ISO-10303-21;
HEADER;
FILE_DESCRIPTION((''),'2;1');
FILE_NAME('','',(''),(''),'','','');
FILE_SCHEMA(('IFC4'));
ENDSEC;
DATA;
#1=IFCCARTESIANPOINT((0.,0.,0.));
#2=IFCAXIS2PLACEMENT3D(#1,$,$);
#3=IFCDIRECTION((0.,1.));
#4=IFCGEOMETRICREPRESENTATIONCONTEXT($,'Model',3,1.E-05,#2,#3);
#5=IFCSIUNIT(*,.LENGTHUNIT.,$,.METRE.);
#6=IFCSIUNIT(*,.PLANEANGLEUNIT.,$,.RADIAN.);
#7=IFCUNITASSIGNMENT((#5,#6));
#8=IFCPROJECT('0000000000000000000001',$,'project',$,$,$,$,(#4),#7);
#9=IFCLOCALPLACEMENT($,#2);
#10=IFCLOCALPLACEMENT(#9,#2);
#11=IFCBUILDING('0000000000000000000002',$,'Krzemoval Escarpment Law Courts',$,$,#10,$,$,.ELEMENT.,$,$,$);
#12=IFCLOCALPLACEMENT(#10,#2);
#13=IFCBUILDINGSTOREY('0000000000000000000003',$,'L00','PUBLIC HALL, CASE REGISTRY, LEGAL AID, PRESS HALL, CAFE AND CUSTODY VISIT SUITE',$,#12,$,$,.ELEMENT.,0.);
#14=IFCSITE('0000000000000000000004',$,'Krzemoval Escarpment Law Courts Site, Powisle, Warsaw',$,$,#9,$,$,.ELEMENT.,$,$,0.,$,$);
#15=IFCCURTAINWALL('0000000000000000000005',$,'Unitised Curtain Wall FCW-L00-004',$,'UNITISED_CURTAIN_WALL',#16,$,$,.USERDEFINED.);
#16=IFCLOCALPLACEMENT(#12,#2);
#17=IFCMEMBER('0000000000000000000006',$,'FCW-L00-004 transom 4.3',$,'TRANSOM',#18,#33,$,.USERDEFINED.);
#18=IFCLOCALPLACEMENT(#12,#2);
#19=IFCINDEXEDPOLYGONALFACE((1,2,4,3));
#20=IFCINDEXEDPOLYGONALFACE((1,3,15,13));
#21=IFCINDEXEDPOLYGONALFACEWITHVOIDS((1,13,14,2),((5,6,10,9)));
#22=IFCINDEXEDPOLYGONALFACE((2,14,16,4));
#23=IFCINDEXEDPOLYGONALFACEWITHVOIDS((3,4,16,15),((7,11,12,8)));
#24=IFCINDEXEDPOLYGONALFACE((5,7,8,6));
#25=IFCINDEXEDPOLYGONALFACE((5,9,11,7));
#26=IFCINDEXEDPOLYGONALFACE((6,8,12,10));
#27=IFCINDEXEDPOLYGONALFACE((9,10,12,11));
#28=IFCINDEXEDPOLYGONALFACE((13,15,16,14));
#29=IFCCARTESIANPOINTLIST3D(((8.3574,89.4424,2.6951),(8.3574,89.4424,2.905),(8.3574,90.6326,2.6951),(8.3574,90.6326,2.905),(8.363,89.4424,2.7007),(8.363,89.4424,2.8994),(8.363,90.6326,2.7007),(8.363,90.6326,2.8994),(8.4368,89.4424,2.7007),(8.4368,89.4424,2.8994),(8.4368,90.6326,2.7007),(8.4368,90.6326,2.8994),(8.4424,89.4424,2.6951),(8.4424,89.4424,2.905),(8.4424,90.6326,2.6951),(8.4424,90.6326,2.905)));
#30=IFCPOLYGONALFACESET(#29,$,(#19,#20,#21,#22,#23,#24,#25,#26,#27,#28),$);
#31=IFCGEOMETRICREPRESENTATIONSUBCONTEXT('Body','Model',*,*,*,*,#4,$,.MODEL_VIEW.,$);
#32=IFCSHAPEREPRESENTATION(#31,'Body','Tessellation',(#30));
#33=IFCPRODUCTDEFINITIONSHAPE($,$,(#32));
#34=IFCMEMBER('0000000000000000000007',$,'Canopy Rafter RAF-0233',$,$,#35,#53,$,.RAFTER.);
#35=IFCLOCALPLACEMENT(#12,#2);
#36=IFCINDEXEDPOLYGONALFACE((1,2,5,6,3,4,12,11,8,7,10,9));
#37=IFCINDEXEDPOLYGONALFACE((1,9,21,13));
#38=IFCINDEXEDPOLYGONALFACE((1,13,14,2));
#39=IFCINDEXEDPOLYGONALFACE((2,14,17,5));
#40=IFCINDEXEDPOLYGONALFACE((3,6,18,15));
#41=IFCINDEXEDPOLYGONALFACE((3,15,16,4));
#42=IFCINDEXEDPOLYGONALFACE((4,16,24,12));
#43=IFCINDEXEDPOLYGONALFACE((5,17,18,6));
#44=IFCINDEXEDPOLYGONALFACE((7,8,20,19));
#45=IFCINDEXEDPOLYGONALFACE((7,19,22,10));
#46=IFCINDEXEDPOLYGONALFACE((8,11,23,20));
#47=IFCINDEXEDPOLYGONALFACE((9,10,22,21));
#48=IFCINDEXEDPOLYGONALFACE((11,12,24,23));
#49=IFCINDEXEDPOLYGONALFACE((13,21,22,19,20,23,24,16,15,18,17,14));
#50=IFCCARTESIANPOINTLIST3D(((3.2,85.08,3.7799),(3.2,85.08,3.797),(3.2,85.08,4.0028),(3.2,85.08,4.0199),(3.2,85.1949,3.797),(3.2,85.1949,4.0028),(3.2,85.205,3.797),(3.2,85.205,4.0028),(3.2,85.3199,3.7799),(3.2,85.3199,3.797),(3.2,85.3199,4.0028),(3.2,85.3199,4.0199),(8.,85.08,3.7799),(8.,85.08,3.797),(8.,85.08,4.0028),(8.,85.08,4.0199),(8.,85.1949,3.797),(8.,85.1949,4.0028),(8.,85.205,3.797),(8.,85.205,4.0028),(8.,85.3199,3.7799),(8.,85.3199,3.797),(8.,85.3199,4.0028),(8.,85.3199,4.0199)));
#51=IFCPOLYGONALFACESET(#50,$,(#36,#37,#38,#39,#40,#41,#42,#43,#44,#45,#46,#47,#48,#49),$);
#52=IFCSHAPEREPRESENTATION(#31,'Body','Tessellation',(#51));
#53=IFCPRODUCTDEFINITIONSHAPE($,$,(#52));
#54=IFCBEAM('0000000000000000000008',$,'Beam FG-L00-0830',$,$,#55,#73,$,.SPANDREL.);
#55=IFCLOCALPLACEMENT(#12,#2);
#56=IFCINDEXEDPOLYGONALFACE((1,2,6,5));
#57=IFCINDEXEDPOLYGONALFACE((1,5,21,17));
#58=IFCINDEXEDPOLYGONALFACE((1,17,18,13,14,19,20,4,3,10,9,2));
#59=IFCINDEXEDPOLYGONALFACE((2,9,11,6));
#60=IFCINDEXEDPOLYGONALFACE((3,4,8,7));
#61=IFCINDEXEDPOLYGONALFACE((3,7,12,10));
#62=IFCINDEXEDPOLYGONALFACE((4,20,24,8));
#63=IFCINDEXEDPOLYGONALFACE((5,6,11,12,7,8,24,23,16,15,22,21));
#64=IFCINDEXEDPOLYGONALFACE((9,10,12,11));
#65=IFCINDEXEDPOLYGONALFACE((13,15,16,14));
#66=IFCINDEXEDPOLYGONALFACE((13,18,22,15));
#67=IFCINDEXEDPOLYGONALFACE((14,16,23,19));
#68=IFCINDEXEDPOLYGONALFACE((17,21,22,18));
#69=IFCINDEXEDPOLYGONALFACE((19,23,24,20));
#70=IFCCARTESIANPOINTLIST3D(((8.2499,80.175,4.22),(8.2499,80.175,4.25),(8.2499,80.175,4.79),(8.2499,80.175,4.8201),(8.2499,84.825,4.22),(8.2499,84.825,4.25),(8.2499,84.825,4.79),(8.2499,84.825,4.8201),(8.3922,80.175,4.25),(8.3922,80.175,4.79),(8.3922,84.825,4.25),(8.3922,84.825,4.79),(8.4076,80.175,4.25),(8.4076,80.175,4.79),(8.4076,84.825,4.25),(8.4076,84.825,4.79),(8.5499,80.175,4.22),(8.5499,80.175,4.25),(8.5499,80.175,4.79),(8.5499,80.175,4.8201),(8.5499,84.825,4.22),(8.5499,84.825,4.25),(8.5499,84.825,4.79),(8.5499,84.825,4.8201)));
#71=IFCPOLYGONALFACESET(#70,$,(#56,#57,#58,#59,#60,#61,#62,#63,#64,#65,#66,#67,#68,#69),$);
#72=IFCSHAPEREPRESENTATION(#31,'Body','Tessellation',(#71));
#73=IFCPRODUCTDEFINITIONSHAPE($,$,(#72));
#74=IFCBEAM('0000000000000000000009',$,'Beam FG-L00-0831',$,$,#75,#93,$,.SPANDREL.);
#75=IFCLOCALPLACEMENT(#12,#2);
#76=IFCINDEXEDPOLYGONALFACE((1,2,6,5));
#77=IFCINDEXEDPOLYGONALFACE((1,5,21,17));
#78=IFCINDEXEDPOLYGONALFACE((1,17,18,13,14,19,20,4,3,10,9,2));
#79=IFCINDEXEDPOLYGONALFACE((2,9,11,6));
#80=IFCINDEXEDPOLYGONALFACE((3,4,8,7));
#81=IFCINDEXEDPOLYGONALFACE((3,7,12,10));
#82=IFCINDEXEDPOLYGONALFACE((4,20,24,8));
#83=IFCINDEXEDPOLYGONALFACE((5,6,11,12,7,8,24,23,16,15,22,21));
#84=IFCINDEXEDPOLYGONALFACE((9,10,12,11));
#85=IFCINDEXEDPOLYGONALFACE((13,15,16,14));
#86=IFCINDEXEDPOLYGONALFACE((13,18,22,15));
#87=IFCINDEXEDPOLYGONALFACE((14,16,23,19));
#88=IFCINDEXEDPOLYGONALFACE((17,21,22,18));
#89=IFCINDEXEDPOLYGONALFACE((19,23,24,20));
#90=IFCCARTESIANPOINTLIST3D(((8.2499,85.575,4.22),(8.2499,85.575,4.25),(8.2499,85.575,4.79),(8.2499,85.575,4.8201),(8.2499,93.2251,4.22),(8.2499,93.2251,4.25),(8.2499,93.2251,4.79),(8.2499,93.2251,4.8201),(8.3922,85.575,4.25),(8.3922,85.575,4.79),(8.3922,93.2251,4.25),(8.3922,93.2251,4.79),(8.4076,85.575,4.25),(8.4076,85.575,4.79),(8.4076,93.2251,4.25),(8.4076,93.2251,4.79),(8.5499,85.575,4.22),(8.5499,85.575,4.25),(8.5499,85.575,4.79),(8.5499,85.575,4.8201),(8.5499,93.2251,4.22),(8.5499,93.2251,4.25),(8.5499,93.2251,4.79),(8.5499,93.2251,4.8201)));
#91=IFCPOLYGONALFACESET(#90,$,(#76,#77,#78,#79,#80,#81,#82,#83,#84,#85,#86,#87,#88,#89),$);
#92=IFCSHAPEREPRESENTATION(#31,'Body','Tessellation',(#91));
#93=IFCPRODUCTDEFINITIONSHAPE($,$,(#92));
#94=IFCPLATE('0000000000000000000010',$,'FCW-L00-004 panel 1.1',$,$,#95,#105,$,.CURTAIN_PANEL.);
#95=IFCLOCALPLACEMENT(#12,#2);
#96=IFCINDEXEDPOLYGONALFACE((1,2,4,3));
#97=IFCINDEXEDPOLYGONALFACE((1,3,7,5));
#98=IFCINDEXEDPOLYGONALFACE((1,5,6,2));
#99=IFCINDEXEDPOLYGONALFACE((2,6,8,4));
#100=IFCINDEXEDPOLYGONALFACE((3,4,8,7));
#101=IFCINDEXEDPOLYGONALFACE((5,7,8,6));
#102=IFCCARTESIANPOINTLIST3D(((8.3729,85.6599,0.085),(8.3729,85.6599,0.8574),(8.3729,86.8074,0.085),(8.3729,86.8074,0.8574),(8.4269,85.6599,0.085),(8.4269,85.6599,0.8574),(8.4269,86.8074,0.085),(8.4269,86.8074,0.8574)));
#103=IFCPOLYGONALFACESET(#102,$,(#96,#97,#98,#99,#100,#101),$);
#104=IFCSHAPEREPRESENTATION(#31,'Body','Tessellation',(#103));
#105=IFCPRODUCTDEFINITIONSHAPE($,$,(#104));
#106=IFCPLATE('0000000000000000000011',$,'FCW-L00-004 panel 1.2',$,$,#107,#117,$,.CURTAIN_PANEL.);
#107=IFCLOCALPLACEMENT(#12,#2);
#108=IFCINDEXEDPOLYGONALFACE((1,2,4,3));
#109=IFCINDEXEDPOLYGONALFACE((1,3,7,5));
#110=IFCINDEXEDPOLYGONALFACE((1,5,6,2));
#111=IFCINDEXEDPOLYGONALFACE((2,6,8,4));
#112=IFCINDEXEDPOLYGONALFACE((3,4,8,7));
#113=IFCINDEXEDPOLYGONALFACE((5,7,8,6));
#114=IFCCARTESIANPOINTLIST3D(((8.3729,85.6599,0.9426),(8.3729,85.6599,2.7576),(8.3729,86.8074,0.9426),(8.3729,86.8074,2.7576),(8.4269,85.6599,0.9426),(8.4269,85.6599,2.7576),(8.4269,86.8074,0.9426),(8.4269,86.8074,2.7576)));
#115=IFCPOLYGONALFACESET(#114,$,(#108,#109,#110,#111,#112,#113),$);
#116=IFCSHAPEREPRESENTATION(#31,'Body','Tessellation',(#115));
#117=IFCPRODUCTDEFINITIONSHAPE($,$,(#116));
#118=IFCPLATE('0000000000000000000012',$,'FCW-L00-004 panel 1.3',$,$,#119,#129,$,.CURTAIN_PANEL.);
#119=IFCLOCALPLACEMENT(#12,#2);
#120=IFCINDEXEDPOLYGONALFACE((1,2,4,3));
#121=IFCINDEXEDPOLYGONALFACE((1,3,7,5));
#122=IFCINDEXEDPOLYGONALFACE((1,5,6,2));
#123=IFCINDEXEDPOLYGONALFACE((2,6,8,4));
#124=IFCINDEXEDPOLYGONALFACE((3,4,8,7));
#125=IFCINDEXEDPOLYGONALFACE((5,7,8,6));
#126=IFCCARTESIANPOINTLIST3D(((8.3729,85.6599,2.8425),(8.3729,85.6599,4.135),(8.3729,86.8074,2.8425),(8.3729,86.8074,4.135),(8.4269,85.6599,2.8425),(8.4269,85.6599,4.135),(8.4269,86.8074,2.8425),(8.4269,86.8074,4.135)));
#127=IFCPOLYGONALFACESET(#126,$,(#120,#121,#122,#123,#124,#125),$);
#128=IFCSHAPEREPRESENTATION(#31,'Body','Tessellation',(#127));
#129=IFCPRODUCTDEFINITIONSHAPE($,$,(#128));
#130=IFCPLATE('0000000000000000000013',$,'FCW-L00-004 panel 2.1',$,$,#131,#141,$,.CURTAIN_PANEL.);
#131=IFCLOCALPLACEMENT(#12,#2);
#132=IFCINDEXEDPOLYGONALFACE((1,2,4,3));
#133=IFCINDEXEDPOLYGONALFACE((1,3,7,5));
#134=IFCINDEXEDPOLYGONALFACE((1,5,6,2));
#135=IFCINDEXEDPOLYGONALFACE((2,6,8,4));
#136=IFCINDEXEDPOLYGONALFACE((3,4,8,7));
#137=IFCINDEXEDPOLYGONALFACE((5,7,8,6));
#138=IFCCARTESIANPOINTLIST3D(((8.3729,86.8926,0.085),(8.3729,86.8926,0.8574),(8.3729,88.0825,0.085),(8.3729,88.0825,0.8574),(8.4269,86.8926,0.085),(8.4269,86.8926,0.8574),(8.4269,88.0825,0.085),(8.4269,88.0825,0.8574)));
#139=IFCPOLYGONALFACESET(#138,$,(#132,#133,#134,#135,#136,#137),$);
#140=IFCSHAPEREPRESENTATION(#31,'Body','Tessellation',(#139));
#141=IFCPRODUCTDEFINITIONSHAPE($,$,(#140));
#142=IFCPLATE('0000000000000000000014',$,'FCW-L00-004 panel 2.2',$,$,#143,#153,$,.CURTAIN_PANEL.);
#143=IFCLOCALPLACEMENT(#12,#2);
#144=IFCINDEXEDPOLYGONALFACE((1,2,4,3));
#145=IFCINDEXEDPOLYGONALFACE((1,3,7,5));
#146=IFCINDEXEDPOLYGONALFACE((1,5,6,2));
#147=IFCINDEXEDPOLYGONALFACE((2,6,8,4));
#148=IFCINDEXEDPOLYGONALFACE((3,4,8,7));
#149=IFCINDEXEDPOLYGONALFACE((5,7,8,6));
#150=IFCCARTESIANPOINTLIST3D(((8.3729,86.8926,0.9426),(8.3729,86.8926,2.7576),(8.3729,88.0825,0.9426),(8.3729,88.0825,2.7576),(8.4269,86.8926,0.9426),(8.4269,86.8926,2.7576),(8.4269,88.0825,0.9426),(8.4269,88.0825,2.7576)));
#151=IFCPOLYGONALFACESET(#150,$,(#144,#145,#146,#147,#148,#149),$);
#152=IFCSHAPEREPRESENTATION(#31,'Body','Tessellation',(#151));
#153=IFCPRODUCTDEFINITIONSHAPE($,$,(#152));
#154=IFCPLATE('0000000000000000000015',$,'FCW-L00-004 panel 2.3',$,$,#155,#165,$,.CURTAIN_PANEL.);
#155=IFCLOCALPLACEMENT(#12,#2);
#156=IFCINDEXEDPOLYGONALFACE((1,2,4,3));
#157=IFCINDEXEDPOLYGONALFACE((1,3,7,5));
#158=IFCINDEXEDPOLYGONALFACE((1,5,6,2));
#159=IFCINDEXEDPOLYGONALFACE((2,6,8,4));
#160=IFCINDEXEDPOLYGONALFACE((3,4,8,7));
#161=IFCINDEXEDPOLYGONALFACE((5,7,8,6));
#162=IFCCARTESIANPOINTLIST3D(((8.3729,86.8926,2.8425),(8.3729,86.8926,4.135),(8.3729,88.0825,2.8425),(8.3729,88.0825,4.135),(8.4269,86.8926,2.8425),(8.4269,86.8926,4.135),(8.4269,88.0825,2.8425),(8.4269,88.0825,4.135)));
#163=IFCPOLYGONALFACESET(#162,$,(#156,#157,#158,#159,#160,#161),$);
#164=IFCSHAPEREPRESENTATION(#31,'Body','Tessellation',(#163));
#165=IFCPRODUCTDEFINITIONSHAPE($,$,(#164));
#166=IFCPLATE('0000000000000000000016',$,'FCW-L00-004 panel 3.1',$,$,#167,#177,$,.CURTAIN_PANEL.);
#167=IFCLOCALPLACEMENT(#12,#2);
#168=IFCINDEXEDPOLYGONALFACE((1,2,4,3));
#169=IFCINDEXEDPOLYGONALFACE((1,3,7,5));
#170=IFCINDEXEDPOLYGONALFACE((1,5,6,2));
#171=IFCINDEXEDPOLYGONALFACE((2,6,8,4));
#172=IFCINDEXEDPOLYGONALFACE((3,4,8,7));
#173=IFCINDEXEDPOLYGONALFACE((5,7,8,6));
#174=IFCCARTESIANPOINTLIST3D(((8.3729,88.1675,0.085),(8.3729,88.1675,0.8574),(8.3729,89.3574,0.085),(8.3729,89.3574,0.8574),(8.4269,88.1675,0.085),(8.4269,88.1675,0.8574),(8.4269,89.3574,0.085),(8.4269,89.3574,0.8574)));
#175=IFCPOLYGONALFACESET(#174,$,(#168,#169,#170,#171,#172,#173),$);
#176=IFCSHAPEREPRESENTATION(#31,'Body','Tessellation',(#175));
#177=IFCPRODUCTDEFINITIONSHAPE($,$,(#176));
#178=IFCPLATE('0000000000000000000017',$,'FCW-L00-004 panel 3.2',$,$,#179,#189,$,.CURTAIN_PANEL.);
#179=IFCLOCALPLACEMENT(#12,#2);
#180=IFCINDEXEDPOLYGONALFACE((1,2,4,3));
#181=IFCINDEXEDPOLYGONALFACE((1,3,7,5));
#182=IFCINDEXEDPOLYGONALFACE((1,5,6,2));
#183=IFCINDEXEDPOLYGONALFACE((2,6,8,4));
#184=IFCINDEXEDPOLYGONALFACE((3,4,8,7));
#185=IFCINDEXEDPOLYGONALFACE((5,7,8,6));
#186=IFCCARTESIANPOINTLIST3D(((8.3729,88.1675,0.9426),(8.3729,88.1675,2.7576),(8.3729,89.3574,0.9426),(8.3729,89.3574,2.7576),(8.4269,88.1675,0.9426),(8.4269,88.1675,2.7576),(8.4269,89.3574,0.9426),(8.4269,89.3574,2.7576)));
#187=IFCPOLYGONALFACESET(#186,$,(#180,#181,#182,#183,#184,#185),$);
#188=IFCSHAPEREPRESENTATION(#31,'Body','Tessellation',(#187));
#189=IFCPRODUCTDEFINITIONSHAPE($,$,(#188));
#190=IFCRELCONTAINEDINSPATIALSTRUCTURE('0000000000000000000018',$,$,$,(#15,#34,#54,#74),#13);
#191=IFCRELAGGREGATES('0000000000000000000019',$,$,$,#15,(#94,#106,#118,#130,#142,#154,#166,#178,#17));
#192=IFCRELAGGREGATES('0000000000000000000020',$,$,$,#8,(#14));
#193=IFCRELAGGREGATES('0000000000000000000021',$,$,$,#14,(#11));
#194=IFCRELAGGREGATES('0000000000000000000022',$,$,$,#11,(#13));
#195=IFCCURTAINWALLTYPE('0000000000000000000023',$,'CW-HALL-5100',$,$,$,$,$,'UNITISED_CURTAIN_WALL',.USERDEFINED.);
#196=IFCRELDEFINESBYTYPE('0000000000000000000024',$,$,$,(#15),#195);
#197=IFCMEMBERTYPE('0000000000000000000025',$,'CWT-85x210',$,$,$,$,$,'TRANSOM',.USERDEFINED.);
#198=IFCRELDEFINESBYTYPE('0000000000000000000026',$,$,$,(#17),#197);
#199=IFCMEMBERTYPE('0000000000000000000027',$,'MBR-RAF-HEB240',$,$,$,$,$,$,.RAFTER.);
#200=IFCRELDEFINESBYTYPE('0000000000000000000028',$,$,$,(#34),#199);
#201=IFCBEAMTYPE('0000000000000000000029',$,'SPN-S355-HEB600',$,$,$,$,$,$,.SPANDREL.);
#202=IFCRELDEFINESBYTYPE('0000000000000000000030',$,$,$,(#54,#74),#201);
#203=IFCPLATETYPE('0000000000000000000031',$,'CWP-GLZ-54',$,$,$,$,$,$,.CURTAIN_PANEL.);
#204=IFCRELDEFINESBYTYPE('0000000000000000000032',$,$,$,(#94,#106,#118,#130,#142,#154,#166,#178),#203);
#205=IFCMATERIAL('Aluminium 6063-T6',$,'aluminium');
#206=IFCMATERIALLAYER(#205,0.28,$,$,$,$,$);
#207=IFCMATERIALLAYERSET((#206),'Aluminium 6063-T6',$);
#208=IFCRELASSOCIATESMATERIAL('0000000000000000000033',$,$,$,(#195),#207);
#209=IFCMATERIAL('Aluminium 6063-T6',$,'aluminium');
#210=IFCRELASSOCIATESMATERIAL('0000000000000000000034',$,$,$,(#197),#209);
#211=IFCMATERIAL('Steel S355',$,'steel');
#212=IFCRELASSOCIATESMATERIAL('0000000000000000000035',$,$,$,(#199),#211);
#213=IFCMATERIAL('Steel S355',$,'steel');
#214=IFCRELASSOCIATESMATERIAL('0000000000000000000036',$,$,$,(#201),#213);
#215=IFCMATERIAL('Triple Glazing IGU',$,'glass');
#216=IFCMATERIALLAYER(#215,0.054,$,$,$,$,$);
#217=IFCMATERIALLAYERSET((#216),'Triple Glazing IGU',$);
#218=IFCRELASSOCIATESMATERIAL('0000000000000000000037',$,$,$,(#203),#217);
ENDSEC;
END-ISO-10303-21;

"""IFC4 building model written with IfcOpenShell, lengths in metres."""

from ifc_helpers import new_model, si_unit, direction, frame, origin, origin_2d, place, context, subcontext, project, spatial, rectangle, hollow_rectangle, i_section, extrude, material, layer, layer_set, material_profile, profile_set, type_object, element, aggregate, save


model = new_model("IFC4")

# Units and contexts
model_context = context("Model", 3, precision=1e-05, world=origin(), true_north=direction((0.0, 1.0)))
body_context = subcontext(model_context, "Body", "Model", "MODEL_VIEW")
ifc_project = project(units=[si_unit("LENGTHUNIT", "METRE"), si_unit("PLANEANGLEUNIT", "RADIAN")], contexts=[model_context])

# Site, building, storey
site_placement = place(None, origin())
site = spatial("IfcSite", under=ifc_project, at=site_placement, Name="Krzemoval Escarpment Law Courts Site, Powisle, Warsaw", CompositionType="ELEMENT", RefElevation=0.0)
building_placement = place(site_placement, origin())
building = spatial("IfcBuilding", under=site, at=building_placement, Name="Krzemoval Escarpment Law Courts", CompositionType="ELEMENT")
storey_placement = place(building_placement, origin())
storey = spatial("IfcBuildingStorey", under=building, at=storey_placement, Name="L00", Description="PUBLIC HALL, CASE REGISTRY, LEGAL AID, PRESS HALL, CAFE AND CUSTODY VISIT SUITE", CompositionType="ELEMENT", Elevation=0.0)

# Curtain wall, member
ifc_material_1 = material(Name="Aluminium 6063-T6", Category="aluminium")
ifc_layer_1 = layer(ifc_material_1, 0.28)
ifc_layer_set_1 = layer_set([ifc_layer_1], Name="Aluminium 6063-T6")
curtain_wall_type = type_object("IfcCurtainWallType", Name="CW-HALL-5100", ElementType="UNITISED_CURTAIN_WALL", PredefinedType="USERDEFINED", material=ifc_layer_set_1)
curtain_wall_placement = place(storey_placement, origin())
curtain_wall = element("IfcCurtainWall", 1, at=curtain_wall_placement, inside=storey, type_object=curtain_wall_type, Name="Unitised Curtain Wall FCW-L00-004", ObjectType="UNITISED_CURTAIN_WALL", PredefinedType="USERDEFINED")
ifc_material_2 = material(Name="Aluminium 6063-T6", Category="aluminium")
ifc_material_profile_1 = material_profile(ifc_material_2, hollow_rectangle(XDim=0.085, YDim=0.21, WallThickness=0.0056, at=origin_2d()), Name="ALU T85x210")
ifc_profile_set_1 = profile_set([ifc_material_profile_1], Name="Aluminium 6063-T6")
member_type_1 = type_object("IfcMemberType", Name="CWT-85x210", ElementType="TRANSOM", PredefinedType="USERDEFINED", material=ifc_profile_set_1)
member_1_placement = place(storey_placement, frame((8.3999, 89.4424, 2.8), z_axis=(0.0, 1.0, 0.0), x_axis=(-1.0, 0.0, 0.0)))
member_1 = element("IfcMember", 2, at=member_1_placement, type_object=member_type_1, Name="FCW-L00-004 transom 4.3", ObjectType="TRANSOM", PredefinedType="USERDEFINED", context=body_context, shape_type="SweptSolid", body=[
    extrude(hollow_rectangle(XDim=0.085, YDim=0.21, WallThickness=0.0056, at=origin_2d()), origin(), (0.0, 0.0, 1.0), 1.1902),
])

# Member
ifc_material_3 = material(Name="Steel S355", Category="steel")
ifc_material_profile_2 = material_profile(ifc_material_3, i_section(OverallWidth=0.24, OverallDepth=0.24, WebThickness=0.01, FlangeThickness=0.0171, at=origin_2d()), Name="HEB 240")
ifc_profile_set_2 = profile_set([ifc_material_profile_2], Name="Steel S355")
member_type_2 = type_object("IfcMemberType", Name="MBR-RAF-HEB240", PredefinedType="RAFTER", material=ifc_profile_set_2)
member_2_placement = place(storey_placement, frame((3.2, 85.2, 3.8999), z_axis=(1.0, 0.0, 0.0), x_axis=(0.0, 1.0, 0.0)))
element("IfcMember", 3, at=member_2_placement, inside=storey, type_object=member_type_2, Name="Canopy Rafter RAF-0233", PredefinedType="RAFTER", context=body_context, shape_type="SweptSolid", body=[
    extrude(i_section(OverallWidth=0.24, OverallDepth=0.24, WebThickness=0.01, FlangeThickness=0.0171, at=origin_2d()), origin(), (0.0, 0.0, 1.0), 4.8),
])

# Beams
ifc_material_4 = material(Name="Steel S355", Category="steel")
ifc_material_profile_3 = material_profile(ifc_material_4, i_section(OverallWidth=0.3, OverallDepth=0.6001, WebThickness=0.0154, FlangeThickness=0.03, at=origin_2d()), Name="HEB 600")
ifc_profile_set_3 = profile_set([ifc_material_profile_3], Name="Steel S355")
beam_type = type_object("IfcBeamType", Name="SPN-S355-HEB600", PredefinedType="SPANDREL", material=ifc_profile_set_3)
beam_1_placement = place(storey_placement, frame((8.3999, 80.175, 4.52), z_axis=(0.0, 1.0, 0.0), x_axis=(-1.0, 0.0, 0.0)))
element("IfcBeam", 4, at=beam_1_placement, inside=storey, type_object=beam_type, Name="Beam FG-L00-0830", PredefinedType="SPANDREL", context=body_context, shape_type="SweptSolid", body=[
    extrude(i_section(OverallWidth=0.3, OverallDepth=0.6001, WebThickness=0.0154, FlangeThickness=0.03, at=origin_2d()), origin(), (0.0, 0.0, 1.0), 4.6499),
])
beam_2_placement = place(storey_placement, frame((8.3999, 85.575, 4.52), z_axis=(0.0, 1.0, 0.0), x_axis=(-1.0, 0.0, 0.0)))
element("IfcBeam", 5, at=beam_2_placement, inside=storey, type_object=beam_type, Name="Beam FG-L00-0831", PredefinedType="SPANDREL", context=body_context, shape_type="SweptSolid", body=[
    extrude(i_section(OverallWidth=0.3, OverallDepth=0.6001, WebThickness=0.0154, FlangeThickness=0.03, at=origin_2d()), origin(), (0.0, 0.0, 1.0), 7.6501),
])

# Plates
ifc_material_5 = material(Name="Triple Glazing IGU", Category="glass")
ifc_layer_2 = layer(ifc_material_5, 0.054)
ifc_layer_set_2 = layer_set([ifc_layer_2], Name="Triple Glazing IGU")
plate_type_1 = type_object("IfcPlateType", Name="CWP-GLZ-54", PredefinedType="CURTAIN_PANEL", material=ifc_layer_set_2)
plate_1_placement = place(storey_placement, frame((8.3999, 86.2336, 0.085), z_axis=(0.0, 0.0, 1.0), x_axis=(0.0, 1.0, 0.0)))
plate_1 = element("IfcPlate", 6, at=plate_1_placement, type_object=plate_type_1, Name="FCW-L00-004 panel 1.1", PredefinedType="CURTAIN_PANEL", context=body_context, shape_type="SweptSolid", body=[
    extrude(rectangle(XDim=1.1475, YDim=0.054, at=origin_2d()), origin(), (0.0, 0.0, 1.0), 0.7725),
])
plate_2_placement = place(storey_placement, frame((8.3999, 86.2336, 0.9426), z_axis=(0.0, 0.0, 1.0), x_axis=(0.0, 1.0, 0.0)))
plate_2 = element("IfcPlate", 7, at=plate_2_placement, type_object=plate_type_1, Name="FCW-L00-004 panel 1.2", PredefinedType="CURTAIN_PANEL", context=body_context, shape_type="SweptSolid", body=[
    extrude(rectangle(XDim=1.1475, YDim=0.054, at=origin_2d()), origin(), (0.0, 0.0, 1.0), 1.8149),
])
plate_3_placement = place(storey_placement, frame((8.3999, 86.2336, 2.8425), z_axis=(0.0, 0.0, 1.0), x_axis=(0.0, 1.0, 0.0)))
plate_3 = element("IfcPlate", 8, at=plate_3_placement, type_object=plate_type_1, Name="FCW-L00-004 panel 1.3", PredefinedType="CURTAIN_PANEL", context=body_context, shape_type="SweptSolid", body=[
    extrude(rectangle(XDim=1.1475, YDim=0.054, at=origin_2d()), origin(), (0.0, 0.0, 1.0), 1.2925),
])
plate_4_placement = place(storey_placement, frame((8.3999, 87.4875, 0.085), z_axis=(0.0, 0.0, 1.0), x_axis=(0.0, 1.0, 0.0)))
plate_4 = element("IfcPlate", 9, at=plate_4_placement, type_object=plate_type_1, Name="FCW-L00-004 panel 2.1", PredefinedType="CURTAIN_PANEL", context=body_context, shape_type="SweptSolid", body=[
    extrude(rectangle(XDim=1.1899, YDim=0.054, at=origin_2d()), origin(), (0.0, 0.0, 1.0), 0.7725),
])
plate_5_placement = place(storey_placement, frame((8.3999, 87.4875, 0.9426), z_axis=(0.0, 0.0, 1.0), x_axis=(0.0, 1.0, 0.0)))
plate_5 = element("IfcPlate", 10, at=plate_5_placement, type_object=plate_type_1, Name="FCW-L00-004 panel 2.2", PredefinedType="CURTAIN_PANEL", context=body_context, shape_type="SweptSolid", body=[
    extrude(rectangle(XDim=1.1899, YDim=0.054, at=origin_2d()), origin(), (0.0, 0.0, 1.0), 1.8149),
])
plate_6_placement = place(storey_placement, frame((8.3999, 87.4875, 2.8425), z_axis=(0.0, 0.0, 1.0), x_axis=(0.0, 1.0, 0.0)))
plate_6 = element("IfcPlate", 11, at=plate_6_placement, type_object=plate_type_1, Name="FCW-L00-004 panel 2.3", PredefinedType="CURTAIN_PANEL", context=body_context, shape_type="SweptSolid", body=[
    extrude(rectangle(XDim=1.1899, YDim=0.054, at=origin_2d()), origin(), (0.0, 0.0, 1.0), 1.2925),
])
plate_7_placement = place(storey_placement, frame((8.3999, 88.7625, 0.085), z_axis=(0.0, 0.0, 1.0), x_axis=(0.0, 1.0, 0.0)))
plate_7 = element("IfcPlate", 12, at=plate_7_placement, type_object=plate_type_1, Name="FCW-L00-004 panel 3.1", PredefinedType="CURTAIN_PANEL", context=body_context, shape_type="SweptSolid", body=[
    extrude(rectangle(XDim=1.1899, YDim=0.054, at=origin_2d()), origin(), (0.0, 0.0, 1.0), 0.7725),
])
plate_8_placement = place(storey_placement, frame((8.3999, 88.7625, 0.9426), z_axis=(0.0, 0.0, 1.0), x_axis=(0.0, 1.0, 0.0)))
plate_8 = element("IfcPlate", 13, at=plate_8_placement, type_object=plate_type_1, Name="FCW-L00-004 panel 3.2", PredefinedType="CURTAIN_PANEL", context=body_context, shape_type="SweptSolid", body=[
    extrude(rectangle(XDim=1.1899, YDim=0.054, at=origin_2d()), origin(), (0.0, 0.0, 1.0), 1.8149),
])
aggregate(curtain_wall, [plate_1, plate_2, plate_3, plate_4, plate_5, plate_6, plate_7, plate_8, member_1])

save(model, "model.ifc")
